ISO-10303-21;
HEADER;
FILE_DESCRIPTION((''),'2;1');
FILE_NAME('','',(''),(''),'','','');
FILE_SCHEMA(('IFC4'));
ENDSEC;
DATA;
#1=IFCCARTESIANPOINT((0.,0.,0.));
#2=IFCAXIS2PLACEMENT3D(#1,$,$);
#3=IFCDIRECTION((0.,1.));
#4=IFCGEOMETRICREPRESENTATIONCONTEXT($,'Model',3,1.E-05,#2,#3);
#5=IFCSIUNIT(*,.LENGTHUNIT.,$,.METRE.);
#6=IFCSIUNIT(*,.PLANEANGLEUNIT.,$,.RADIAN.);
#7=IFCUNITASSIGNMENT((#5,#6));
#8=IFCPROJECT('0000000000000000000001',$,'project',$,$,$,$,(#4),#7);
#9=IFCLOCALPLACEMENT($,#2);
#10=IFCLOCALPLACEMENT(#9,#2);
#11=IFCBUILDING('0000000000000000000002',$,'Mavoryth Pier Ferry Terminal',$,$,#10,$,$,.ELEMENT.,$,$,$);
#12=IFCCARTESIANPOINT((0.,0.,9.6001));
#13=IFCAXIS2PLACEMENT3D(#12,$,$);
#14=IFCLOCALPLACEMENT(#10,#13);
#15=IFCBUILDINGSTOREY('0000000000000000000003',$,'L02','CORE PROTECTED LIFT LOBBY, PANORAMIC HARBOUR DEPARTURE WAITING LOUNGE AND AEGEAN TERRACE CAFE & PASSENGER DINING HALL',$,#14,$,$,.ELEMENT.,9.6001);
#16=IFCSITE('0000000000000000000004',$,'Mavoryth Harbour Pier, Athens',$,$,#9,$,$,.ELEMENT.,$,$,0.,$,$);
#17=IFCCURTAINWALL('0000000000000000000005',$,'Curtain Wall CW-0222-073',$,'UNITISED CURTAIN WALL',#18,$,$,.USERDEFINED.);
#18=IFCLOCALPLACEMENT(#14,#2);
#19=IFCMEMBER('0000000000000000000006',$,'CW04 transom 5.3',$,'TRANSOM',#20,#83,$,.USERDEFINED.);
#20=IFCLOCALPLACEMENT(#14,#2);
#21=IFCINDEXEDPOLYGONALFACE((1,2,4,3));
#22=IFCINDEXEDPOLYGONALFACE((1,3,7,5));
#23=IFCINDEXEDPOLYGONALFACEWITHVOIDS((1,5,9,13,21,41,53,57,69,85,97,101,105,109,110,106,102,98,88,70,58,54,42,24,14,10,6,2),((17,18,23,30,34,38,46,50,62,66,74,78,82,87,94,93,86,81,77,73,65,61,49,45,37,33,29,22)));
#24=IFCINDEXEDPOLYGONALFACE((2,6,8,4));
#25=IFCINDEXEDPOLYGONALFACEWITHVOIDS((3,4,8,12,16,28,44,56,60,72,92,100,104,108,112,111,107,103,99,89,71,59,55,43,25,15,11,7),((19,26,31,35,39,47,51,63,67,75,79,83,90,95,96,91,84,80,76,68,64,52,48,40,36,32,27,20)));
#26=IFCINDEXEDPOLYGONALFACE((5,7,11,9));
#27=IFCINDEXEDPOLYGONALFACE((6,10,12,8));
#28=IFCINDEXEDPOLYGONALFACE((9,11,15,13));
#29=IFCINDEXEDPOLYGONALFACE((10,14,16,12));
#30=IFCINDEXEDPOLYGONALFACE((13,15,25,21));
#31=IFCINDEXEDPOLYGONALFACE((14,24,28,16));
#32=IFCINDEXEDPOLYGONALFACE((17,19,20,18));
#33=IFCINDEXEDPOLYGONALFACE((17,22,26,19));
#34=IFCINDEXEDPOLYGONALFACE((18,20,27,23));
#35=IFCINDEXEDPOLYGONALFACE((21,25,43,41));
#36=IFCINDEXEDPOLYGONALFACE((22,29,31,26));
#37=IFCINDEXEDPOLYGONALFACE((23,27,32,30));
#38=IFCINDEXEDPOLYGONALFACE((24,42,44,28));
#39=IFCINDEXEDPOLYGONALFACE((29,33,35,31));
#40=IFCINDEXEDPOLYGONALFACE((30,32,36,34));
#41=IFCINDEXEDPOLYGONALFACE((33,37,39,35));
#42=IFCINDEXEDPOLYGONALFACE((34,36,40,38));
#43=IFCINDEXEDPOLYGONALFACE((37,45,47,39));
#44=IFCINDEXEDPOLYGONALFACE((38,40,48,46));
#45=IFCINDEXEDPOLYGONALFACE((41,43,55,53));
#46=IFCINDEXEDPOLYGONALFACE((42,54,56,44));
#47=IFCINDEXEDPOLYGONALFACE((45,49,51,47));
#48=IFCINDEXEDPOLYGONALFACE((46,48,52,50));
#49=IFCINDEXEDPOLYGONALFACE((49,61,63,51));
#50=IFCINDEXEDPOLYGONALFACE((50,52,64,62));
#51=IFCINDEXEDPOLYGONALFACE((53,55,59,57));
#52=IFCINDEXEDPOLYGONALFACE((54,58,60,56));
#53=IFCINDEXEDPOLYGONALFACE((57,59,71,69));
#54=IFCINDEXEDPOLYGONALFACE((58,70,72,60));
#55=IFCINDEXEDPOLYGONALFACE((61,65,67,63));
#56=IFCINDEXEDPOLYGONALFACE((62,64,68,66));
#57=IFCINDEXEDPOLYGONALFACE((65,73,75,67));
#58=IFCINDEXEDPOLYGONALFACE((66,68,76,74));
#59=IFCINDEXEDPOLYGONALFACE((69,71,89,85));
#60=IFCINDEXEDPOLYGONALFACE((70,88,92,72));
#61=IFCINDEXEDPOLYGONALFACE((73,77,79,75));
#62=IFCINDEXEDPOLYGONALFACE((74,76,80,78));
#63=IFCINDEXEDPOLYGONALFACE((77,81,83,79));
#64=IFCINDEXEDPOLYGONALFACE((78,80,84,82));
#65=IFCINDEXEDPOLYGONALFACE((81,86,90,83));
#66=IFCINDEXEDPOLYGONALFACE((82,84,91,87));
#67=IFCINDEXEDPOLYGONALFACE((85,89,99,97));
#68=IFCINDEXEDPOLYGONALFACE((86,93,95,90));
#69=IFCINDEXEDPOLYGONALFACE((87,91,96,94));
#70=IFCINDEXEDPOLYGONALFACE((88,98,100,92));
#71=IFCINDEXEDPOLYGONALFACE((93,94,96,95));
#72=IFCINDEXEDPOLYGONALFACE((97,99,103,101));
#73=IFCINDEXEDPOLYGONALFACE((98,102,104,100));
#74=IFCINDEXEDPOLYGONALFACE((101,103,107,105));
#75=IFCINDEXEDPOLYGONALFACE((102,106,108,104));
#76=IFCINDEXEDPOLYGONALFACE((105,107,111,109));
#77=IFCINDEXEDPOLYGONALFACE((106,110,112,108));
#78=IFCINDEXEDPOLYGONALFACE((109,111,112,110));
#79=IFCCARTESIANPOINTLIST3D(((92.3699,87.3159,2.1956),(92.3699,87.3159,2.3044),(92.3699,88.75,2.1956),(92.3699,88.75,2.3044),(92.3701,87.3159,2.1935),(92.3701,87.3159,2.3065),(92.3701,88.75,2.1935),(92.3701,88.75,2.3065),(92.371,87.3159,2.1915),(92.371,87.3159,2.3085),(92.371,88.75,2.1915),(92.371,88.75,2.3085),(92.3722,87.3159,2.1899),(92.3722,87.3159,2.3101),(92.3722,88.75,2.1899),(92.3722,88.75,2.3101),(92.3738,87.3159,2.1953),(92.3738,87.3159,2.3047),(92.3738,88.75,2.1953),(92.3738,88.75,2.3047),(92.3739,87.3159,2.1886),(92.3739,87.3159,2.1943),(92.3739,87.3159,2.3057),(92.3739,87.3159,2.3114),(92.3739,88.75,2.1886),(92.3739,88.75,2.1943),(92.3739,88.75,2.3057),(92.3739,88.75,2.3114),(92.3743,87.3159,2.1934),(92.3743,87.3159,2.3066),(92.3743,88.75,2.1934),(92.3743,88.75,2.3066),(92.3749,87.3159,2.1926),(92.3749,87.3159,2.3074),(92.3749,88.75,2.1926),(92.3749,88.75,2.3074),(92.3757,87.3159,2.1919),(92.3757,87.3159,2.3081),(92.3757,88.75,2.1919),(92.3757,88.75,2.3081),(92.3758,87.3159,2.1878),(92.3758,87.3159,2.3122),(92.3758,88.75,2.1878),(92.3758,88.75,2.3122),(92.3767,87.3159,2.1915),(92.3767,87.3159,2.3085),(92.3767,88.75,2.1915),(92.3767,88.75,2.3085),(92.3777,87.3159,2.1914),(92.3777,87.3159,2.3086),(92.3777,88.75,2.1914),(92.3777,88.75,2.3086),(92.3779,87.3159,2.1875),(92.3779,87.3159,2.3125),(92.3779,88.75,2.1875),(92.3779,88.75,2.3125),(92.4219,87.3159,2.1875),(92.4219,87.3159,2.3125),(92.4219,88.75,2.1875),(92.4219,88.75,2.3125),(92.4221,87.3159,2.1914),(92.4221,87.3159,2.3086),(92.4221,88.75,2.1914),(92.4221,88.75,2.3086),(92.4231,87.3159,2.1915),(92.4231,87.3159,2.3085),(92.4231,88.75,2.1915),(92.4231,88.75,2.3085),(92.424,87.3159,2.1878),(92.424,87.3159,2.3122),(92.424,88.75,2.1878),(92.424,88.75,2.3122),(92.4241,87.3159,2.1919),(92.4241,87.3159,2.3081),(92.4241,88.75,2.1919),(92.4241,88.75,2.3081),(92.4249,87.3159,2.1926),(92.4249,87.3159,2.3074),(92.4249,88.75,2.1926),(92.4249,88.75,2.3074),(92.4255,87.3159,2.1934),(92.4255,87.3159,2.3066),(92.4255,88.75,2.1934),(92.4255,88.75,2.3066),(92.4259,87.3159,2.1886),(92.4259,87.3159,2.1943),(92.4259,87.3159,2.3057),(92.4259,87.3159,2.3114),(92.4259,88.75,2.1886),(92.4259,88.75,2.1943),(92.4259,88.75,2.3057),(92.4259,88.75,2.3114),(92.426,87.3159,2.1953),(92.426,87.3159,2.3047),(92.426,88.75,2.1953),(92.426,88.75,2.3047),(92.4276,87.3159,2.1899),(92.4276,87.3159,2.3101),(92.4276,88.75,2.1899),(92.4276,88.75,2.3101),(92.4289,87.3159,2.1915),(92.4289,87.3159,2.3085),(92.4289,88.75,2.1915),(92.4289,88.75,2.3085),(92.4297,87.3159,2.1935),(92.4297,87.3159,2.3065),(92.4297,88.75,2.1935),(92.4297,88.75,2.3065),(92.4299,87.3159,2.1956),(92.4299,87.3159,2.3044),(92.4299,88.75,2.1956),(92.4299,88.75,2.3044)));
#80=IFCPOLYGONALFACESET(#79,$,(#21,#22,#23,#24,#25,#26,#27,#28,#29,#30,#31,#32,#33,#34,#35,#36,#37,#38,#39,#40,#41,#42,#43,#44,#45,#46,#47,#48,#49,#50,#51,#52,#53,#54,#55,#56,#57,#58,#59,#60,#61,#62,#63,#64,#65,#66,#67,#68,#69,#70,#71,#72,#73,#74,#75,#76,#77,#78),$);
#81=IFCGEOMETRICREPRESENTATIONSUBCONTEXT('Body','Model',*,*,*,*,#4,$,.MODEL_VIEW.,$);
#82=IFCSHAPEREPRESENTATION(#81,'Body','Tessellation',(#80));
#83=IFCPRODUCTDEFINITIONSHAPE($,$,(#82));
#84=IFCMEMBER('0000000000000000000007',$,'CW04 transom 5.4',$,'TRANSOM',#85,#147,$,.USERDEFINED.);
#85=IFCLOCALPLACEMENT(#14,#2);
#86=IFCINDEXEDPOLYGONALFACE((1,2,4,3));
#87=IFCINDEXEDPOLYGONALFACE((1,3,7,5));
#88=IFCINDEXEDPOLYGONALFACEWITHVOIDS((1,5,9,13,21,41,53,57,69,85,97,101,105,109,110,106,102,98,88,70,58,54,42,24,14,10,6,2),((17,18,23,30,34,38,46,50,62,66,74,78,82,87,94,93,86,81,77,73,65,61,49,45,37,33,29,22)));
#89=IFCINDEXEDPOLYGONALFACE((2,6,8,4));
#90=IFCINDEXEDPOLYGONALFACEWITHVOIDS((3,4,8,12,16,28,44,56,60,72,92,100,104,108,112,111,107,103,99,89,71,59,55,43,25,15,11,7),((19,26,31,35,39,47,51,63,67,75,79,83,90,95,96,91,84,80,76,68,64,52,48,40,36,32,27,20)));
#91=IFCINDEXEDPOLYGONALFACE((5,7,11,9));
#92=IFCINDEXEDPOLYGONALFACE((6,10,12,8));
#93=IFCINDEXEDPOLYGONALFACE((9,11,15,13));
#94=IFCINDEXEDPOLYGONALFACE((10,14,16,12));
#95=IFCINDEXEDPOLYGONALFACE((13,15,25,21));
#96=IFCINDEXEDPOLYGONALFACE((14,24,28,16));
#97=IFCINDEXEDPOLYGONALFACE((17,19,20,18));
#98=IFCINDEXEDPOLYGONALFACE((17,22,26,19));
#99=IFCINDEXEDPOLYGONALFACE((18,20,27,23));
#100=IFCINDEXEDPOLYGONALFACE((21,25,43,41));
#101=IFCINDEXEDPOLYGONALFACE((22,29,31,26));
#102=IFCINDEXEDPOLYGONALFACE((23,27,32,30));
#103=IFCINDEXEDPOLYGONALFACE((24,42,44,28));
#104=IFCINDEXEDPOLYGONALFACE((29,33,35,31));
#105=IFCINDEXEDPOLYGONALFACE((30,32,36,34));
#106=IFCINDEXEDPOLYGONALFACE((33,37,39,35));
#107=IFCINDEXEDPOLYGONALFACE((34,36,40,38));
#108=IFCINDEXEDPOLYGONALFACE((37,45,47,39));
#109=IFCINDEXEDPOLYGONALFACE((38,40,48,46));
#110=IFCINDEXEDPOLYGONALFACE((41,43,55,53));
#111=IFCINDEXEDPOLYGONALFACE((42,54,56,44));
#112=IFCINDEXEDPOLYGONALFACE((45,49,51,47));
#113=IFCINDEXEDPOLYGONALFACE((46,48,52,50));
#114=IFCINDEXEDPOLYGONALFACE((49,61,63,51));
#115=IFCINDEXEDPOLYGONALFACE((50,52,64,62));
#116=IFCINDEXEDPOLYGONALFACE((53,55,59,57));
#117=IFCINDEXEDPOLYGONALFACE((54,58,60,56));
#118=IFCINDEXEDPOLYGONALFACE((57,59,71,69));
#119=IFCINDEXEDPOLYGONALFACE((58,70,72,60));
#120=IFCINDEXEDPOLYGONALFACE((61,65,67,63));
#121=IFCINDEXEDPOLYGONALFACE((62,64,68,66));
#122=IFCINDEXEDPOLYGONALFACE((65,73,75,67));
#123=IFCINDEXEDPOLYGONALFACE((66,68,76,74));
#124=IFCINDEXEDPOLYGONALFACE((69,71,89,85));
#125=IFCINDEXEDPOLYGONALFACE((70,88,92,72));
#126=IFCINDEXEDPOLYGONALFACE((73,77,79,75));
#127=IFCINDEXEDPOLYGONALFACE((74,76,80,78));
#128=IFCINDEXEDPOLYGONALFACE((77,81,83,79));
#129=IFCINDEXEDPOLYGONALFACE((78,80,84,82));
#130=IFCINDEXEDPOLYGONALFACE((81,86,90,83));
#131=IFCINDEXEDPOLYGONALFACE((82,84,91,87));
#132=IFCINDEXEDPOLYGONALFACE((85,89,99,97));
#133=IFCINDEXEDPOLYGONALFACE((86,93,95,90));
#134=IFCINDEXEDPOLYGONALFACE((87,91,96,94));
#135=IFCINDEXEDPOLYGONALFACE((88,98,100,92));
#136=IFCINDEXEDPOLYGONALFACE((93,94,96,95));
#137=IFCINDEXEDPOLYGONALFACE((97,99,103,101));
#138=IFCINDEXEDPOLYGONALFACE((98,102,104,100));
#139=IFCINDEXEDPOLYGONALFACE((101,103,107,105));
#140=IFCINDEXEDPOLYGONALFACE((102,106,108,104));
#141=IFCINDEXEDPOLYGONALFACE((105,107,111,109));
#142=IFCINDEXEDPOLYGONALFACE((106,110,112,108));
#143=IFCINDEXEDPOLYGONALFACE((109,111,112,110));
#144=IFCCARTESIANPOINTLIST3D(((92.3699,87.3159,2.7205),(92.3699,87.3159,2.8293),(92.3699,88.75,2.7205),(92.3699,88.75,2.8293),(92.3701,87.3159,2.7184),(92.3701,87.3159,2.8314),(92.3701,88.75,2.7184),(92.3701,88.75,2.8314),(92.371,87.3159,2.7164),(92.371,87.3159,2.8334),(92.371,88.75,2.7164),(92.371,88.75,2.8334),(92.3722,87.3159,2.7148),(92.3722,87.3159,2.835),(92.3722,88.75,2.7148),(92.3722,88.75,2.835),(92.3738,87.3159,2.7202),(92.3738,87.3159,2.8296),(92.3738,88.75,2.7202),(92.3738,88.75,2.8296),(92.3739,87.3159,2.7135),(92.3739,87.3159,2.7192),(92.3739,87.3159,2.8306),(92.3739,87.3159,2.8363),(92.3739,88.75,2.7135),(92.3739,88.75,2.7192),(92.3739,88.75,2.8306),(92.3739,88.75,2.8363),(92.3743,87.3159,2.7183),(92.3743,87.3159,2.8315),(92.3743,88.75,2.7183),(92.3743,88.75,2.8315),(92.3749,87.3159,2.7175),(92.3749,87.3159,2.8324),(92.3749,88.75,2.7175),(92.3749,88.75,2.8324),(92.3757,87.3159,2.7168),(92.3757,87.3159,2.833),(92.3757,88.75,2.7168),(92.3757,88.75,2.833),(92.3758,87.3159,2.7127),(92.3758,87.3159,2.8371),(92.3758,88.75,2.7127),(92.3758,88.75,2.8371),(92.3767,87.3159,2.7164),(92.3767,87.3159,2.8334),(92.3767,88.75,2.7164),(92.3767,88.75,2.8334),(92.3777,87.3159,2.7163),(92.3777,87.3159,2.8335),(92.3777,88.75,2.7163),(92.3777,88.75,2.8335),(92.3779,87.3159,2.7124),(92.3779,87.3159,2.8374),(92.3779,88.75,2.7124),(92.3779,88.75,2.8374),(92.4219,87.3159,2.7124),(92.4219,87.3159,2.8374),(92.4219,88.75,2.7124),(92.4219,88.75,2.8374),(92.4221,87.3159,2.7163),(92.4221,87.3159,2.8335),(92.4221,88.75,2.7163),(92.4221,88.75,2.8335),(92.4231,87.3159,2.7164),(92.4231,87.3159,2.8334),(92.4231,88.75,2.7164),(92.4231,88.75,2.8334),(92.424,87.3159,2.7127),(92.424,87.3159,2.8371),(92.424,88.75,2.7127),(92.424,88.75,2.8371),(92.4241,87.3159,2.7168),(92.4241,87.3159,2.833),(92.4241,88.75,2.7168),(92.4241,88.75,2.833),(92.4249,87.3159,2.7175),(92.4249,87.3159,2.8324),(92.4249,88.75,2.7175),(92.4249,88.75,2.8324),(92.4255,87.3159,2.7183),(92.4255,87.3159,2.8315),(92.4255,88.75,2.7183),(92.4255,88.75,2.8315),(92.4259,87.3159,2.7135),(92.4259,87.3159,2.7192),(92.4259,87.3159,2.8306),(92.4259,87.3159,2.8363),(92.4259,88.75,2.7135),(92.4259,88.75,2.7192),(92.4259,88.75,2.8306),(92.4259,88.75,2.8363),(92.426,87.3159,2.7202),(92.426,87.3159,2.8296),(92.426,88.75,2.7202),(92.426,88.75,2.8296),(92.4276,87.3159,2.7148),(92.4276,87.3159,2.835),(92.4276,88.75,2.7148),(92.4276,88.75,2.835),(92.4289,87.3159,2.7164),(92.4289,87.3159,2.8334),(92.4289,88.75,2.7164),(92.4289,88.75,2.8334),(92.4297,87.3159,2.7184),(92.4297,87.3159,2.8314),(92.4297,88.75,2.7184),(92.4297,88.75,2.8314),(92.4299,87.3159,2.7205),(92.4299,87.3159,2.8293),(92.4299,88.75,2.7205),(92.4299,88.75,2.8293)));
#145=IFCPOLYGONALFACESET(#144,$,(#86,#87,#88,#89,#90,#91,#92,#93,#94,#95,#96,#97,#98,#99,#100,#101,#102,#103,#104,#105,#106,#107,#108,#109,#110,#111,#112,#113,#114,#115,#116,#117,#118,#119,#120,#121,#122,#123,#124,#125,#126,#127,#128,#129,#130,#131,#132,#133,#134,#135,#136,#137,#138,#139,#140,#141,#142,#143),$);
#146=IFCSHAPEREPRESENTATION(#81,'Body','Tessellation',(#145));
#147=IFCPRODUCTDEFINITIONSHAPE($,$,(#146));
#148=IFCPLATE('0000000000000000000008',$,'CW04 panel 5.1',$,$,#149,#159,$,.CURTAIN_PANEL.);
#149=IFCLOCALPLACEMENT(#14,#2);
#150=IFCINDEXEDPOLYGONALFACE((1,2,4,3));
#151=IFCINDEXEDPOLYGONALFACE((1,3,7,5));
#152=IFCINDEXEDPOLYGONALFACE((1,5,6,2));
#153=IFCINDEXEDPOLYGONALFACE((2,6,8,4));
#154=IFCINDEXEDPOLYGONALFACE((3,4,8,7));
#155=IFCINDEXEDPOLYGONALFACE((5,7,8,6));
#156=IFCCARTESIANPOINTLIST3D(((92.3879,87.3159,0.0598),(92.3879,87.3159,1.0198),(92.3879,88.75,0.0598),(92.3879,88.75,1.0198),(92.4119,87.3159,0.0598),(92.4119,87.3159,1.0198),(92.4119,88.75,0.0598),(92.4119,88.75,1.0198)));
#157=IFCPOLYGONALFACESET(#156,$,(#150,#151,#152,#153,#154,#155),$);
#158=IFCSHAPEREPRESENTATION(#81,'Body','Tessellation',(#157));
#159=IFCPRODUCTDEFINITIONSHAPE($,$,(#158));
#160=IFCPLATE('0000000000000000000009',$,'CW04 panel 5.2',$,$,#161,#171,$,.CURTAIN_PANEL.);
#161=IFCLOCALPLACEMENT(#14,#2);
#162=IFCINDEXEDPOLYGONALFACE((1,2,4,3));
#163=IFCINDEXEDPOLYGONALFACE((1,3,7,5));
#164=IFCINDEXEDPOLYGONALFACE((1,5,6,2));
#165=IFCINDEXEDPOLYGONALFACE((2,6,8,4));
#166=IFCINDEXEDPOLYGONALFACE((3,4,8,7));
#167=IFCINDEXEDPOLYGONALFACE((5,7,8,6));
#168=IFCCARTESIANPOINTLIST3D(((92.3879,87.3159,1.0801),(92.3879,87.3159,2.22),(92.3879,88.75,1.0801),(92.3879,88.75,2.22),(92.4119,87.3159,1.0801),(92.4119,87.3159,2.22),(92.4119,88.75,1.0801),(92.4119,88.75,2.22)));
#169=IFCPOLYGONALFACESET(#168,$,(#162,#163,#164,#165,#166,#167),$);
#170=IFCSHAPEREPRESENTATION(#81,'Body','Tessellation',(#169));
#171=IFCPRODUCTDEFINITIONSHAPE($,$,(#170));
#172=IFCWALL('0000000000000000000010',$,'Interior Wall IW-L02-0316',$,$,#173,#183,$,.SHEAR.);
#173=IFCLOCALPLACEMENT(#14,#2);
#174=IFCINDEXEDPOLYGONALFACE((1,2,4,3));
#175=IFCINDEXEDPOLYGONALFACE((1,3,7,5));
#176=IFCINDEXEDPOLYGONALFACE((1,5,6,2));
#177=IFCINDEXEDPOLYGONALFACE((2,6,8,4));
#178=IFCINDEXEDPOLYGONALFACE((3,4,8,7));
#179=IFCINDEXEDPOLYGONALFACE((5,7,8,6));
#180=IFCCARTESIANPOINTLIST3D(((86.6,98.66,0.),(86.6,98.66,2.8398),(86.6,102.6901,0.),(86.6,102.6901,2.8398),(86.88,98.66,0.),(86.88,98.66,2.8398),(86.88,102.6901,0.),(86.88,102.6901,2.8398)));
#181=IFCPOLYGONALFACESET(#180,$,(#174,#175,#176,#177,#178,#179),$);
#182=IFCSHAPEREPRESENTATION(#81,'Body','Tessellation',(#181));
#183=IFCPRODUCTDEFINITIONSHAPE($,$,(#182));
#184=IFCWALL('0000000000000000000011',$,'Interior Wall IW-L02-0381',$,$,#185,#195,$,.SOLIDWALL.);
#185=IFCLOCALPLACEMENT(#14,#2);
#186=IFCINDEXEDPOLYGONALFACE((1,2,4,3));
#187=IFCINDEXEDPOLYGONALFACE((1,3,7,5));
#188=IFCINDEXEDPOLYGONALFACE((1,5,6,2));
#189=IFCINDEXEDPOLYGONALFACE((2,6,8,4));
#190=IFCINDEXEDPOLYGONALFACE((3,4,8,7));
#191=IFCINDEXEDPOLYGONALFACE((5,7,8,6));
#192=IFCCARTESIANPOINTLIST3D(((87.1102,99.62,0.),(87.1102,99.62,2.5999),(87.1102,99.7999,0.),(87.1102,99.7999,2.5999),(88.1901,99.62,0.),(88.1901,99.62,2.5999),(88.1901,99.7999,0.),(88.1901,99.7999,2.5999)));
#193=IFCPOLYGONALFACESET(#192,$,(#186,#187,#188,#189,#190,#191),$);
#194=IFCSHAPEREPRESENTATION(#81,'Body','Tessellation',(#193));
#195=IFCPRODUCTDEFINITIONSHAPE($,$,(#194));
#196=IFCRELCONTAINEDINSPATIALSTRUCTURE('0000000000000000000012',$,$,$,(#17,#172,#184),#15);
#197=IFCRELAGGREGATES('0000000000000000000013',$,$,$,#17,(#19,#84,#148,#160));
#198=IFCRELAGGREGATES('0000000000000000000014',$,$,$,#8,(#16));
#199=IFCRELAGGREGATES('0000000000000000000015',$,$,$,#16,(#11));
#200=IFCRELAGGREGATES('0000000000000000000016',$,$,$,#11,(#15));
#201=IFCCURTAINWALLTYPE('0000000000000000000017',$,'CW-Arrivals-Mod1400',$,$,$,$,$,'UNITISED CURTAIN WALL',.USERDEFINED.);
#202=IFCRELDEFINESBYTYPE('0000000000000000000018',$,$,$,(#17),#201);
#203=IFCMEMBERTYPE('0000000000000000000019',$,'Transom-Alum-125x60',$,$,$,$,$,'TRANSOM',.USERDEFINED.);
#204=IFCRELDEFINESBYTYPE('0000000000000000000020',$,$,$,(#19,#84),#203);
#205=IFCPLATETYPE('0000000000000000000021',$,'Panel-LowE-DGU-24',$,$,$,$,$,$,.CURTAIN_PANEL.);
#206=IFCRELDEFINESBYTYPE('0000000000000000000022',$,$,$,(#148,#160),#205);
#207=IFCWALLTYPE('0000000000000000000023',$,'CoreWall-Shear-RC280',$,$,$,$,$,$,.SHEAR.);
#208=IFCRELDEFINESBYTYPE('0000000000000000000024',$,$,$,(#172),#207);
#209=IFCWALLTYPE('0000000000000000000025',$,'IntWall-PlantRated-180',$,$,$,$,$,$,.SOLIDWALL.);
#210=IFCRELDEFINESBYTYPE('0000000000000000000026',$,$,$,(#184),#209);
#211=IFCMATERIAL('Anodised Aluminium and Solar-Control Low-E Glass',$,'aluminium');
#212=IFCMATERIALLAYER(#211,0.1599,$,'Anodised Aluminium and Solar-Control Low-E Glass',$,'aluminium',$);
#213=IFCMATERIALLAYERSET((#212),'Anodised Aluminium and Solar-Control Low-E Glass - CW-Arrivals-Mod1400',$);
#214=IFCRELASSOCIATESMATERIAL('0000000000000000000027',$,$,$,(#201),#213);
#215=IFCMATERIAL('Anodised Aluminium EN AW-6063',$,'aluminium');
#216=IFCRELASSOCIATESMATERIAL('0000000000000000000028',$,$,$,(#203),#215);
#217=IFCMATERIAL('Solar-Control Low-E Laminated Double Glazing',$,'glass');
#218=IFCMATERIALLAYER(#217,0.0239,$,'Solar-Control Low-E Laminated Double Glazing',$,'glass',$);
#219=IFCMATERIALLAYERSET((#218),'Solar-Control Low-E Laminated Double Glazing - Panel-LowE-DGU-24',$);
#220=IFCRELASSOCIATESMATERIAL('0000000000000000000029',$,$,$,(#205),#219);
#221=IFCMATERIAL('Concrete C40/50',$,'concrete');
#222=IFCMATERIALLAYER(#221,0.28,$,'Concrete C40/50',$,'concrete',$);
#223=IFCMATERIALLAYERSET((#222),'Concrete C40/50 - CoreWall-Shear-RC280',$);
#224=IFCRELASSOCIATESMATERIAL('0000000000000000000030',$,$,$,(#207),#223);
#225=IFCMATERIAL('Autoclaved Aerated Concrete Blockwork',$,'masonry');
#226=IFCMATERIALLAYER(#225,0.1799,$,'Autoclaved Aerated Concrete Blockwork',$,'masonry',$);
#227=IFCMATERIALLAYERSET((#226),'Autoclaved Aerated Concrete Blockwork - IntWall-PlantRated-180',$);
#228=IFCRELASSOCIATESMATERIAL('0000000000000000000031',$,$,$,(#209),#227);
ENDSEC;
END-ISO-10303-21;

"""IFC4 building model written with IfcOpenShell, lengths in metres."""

from ifc_helpers import new_model, si_unit, direction, frame, frame_2d, origin, origin_2d, place, context, subcontext, project, spatial, rectangle, hollow_rectangle, extrude, material, layer, layer_set, material_profile, profile_set, type_object, element, aggregate, save


model = new_model("IFC4")

# Units and contexts
model_context = context("Model", 3, precision=1e-05, world=origin(), true_north=direction((0.0, 1.0)))
body_context = subcontext(model_context, "Body", "Model", "MODEL_VIEW")
ifc_project = project(units=[si_unit("LENGTHUNIT", "METRE"), si_unit("PLANEANGLEUNIT", "RADIAN")], contexts=[model_context])

# Site, building, storey
site_placement = place(None, origin())
site = spatial("IfcSite", under=ifc_project, at=site_placement, Name="Mavoryth Harbour Pier, Athens", CompositionType="ELEMENT", RefElevation=0.0)
building_placement = place(site_placement, origin())
building = spatial("IfcBuilding", under=site, at=building_placement, Name="Mavoryth Pier Ferry Terminal", CompositionType="ELEMENT")
storey_placement = place(building_placement, frame((0.0, 0.0, 9.6001)))
storey = spatial("IfcBuildingStorey", under=building, at=storey_placement, Name="L02", Description="CORE PROTECTED LIFT LOBBY, PANORAMIC HARBOUR DEPARTURE WAITING LOUNGE AND AEGEAN TERRACE CAFE & PASSENGER DINING HALL", CompositionType="ELEMENT", Elevation=9.6001)

# Curtain wall, members, plates
ifc_material_1 = material(Name="Anodised Aluminium and Solar-Control Low-E Glass", Category="aluminium")
ifc_layer_1 = layer(ifc_material_1, 0.1599, Name="Anodised Aluminium and Solar-Control Low-E Glass", Category="aluminium")
ifc_layer_set_1 = layer_set([ifc_layer_1], Name="Anodised Aluminium and Solar-Control Low-E Glass - CW-Arrivals-Mod1400")
curtain_wall_type = type_object("IfcCurtainWallType", Name="CW-Arrivals-Mod1400", ElementType="UNITISED CURTAIN WALL", PredefinedType="USERDEFINED", material=ifc_layer_set_1)
curtain_wall_placement = place(storey_placement, origin())
curtain_wall = element("IfcCurtainWall", 1, at=curtain_wall_placement, inside=storey, type_object=curtain_wall_type, Name="Curtain Wall CW-0222-073", ObjectType="UNITISED CURTAIN WALL", PredefinedType="USERDEFINED")
ifc_material_2 = material(Name="Anodised Aluminium EN AW-6063", Category="aluminium")
ifc_material_profile_1 = material_profile(ifc_material_2, hollow_rectangle(XDim=0.0601, YDim=0.125, WallThickness=0.0039, InnerFilletRadius=0.0039, OuterFilletRadius=0.0081, at=origin_2d()), Name="AL-TRAN 125x60x4", Category="aluminium")
ifc_profile_set_1 = profile_set([ifc_material_profile_1], Name="Anodised Aluminium EN AW-6063 - AL-TRAN 125x60x4")
member_type = type_object("IfcMemberType", Name="Transom-Alum-125x60", ElementType="TRANSOM", PredefinedType="USERDEFINED", material=ifc_profile_set_1)
member_1_placement = place(storey_placement, frame((92.3999, 87.3159, 2.25), z_axis=(0.0, 1.0, 0.0), x_axis=(-1.0, 0.0, 0.0)))
member_1 = element("IfcMember", 2, at=member_1_placement, type_object=member_type, Name="CW04 transom 5.3", ObjectType="TRANSOM", PredefinedType="USERDEFINED", context=body_context, shape_type="SweptSolid", body=[
    extrude(hollow_rectangle(XDim=0.0601, YDim=0.125, WallThickness=0.0039, InnerFilletRadius=0.0039, OuterFilletRadius=0.0081, at=origin_2d()), origin(), (0.0, 0.0, 1.0), 1.4341),
])
member_2_placement = place(storey_placement, frame((92.3999, 87.3159, 2.7749), z_axis=(0.0, 1.0, 0.0), x_axis=(-1.0, 0.0, 0.0)))
member_2 = element("IfcMember", 3, at=member_2_placement, type_object=member_type, Name="CW04 transom 5.4", ObjectType="TRANSOM", PredefinedType="USERDEFINED", context=body_context, shape_type="SweptSolid", body=[
    extrude(hollow_rectangle(XDim=0.0601, YDim=0.125, WallThickness=0.0039, InnerFilletRadius=0.0039, OuterFilletRadius=0.0081, at=origin_2d()), origin(), (0.0, 0.0, 1.0), 1.4341),
])
ifc_material_3 = material(Name="Solar-Control Low-E Laminated Double Glazing", Category="glass")
ifc_layer_2 = layer(ifc_material_3, 0.0239, Name="Solar-Control Low-E Laminated Double Glazing", Category="glass")
ifc_layer_set_2 = layer_set([ifc_layer_2], Name="Solar-Control Low-E Laminated Double Glazing - Panel-LowE-DGU-24")
plate_type = type_object("IfcPlateType", Name="Panel-LowE-DGU-24", PredefinedType="CURTAIN_PANEL", material=ifc_layer_set_2)
plate_1_placement = place(storey_placement, frame((92.3999, 88.033, 0.0598), z_axis=(0.0, 0.0, 1.0), x_axis=(0.0, 1.0, 0.0)))
plate_1 = element("IfcPlate", 4, at=plate_1_placement, type_object=plate_type, Name="CW04 panel 5.1", PredefinedType="CURTAIN_PANEL", context=body_context, shape_type="SweptSolid", body=[
    extrude(rectangle(XDim=1.4341, YDim=0.0239, at=origin_2d()), origin(), (0.0, 0.0, 1.0), 0.96),
])
plate_2_placement = place(storey_placement, frame((92.3999, 88.033, 1.0801), z_axis=(0.0, 0.0, 1.0), x_axis=(0.0, 1.0, 0.0)))
plate_2 = element("IfcPlate", 5, at=plate_2_placement, type_object=plate_type, Name="CW04 panel 5.2", PredefinedType="CURTAIN_PANEL", context=body_context, shape_type="SweptSolid", body=[
    extrude(rectangle(XDim=1.4341, YDim=0.0239, at=origin_2d()), origin(), (0.0, 0.0, 1.0), 1.1399),
])
aggregate(curtain_wall, [member_1, member_2, plate_1, plate_2])

# Wall
ifc_material_4 = material(Name="Concrete C40/50", Category="concrete")
ifc_layer_3 = layer(ifc_material_4, 0.28, Name="Concrete C40/50", Category="concrete")
ifc_layer_set_3 = layer_set([ifc_layer_3], Name="Concrete C40/50 - CoreWall-Shear-RC280")
wall_type_1 = type_object("IfcWallType", Name="CoreWall-Shear-RC280", PredefinedType="SHEAR", material=ifc_layer_set_3)
wall_1_placement = place(storey_placement, frame((86.74, 98.6599, 0.0), z_axis=(0.0, 0.0, 1.0), x_axis=(0.0, 1.0, 0.0)))
element("IfcWall", 6, at=wall_1_placement, inside=storey, type_object=wall_type_1, Name="Interior Wall IW-L02-0316", PredefinedType="SHEAR", context=body_context, shape_type="SweptSolid", body=[
    extrude(rectangle(XDim=4.03, YDim=0.28, at=frame_2d((2.0151, 0.0))), origin(), (0.0, 0.0, 1.0), 2.8398),
])

# Wall
ifc_material_5 = material(Name="Autoclaved Aerated Concrete Blockwork", Category="masonry")
ifc_layer_4 = layer(ifc_material_5, 0.1799, Name="Autoclaved Aerated Concrete Blockwork", Category="masonry")
ifc_layer_set_4 = layer_set([ifc_layer_4], Name="Autoclaved Aerated Concrete Blockwork - IntWall-PlantRated-180")
wall_type_2 = type_object("IfcWallType", Name="IntWall-PlantRated-180", PredefinedType="SOLIDWALL", material=ifc_layer_set_4)
wall_2_placement = place(storey_placement, frame((87.1101, 99.71, 0.0), z_axis=(0.0, 0.0, 1.0), x_axis=(1.0, 0.0, 0.0)))
element("IfcWall", 7, at=wall_2_placement, inside=storey, type_object=wall_type_2, Name="Interior Wall IW-L02-0381", PredefinedType="SOLIDWALL", context=body_context, shape_type="SweptSolid", body=[
    extrude(rectangle(XDim=1.0798, YDim=0.1799, at=frame_2d((0.54, 0.0))), origin(), (0.0, 0.0, 1.0), 2.5999),
])

save(model, "model.ifc")
